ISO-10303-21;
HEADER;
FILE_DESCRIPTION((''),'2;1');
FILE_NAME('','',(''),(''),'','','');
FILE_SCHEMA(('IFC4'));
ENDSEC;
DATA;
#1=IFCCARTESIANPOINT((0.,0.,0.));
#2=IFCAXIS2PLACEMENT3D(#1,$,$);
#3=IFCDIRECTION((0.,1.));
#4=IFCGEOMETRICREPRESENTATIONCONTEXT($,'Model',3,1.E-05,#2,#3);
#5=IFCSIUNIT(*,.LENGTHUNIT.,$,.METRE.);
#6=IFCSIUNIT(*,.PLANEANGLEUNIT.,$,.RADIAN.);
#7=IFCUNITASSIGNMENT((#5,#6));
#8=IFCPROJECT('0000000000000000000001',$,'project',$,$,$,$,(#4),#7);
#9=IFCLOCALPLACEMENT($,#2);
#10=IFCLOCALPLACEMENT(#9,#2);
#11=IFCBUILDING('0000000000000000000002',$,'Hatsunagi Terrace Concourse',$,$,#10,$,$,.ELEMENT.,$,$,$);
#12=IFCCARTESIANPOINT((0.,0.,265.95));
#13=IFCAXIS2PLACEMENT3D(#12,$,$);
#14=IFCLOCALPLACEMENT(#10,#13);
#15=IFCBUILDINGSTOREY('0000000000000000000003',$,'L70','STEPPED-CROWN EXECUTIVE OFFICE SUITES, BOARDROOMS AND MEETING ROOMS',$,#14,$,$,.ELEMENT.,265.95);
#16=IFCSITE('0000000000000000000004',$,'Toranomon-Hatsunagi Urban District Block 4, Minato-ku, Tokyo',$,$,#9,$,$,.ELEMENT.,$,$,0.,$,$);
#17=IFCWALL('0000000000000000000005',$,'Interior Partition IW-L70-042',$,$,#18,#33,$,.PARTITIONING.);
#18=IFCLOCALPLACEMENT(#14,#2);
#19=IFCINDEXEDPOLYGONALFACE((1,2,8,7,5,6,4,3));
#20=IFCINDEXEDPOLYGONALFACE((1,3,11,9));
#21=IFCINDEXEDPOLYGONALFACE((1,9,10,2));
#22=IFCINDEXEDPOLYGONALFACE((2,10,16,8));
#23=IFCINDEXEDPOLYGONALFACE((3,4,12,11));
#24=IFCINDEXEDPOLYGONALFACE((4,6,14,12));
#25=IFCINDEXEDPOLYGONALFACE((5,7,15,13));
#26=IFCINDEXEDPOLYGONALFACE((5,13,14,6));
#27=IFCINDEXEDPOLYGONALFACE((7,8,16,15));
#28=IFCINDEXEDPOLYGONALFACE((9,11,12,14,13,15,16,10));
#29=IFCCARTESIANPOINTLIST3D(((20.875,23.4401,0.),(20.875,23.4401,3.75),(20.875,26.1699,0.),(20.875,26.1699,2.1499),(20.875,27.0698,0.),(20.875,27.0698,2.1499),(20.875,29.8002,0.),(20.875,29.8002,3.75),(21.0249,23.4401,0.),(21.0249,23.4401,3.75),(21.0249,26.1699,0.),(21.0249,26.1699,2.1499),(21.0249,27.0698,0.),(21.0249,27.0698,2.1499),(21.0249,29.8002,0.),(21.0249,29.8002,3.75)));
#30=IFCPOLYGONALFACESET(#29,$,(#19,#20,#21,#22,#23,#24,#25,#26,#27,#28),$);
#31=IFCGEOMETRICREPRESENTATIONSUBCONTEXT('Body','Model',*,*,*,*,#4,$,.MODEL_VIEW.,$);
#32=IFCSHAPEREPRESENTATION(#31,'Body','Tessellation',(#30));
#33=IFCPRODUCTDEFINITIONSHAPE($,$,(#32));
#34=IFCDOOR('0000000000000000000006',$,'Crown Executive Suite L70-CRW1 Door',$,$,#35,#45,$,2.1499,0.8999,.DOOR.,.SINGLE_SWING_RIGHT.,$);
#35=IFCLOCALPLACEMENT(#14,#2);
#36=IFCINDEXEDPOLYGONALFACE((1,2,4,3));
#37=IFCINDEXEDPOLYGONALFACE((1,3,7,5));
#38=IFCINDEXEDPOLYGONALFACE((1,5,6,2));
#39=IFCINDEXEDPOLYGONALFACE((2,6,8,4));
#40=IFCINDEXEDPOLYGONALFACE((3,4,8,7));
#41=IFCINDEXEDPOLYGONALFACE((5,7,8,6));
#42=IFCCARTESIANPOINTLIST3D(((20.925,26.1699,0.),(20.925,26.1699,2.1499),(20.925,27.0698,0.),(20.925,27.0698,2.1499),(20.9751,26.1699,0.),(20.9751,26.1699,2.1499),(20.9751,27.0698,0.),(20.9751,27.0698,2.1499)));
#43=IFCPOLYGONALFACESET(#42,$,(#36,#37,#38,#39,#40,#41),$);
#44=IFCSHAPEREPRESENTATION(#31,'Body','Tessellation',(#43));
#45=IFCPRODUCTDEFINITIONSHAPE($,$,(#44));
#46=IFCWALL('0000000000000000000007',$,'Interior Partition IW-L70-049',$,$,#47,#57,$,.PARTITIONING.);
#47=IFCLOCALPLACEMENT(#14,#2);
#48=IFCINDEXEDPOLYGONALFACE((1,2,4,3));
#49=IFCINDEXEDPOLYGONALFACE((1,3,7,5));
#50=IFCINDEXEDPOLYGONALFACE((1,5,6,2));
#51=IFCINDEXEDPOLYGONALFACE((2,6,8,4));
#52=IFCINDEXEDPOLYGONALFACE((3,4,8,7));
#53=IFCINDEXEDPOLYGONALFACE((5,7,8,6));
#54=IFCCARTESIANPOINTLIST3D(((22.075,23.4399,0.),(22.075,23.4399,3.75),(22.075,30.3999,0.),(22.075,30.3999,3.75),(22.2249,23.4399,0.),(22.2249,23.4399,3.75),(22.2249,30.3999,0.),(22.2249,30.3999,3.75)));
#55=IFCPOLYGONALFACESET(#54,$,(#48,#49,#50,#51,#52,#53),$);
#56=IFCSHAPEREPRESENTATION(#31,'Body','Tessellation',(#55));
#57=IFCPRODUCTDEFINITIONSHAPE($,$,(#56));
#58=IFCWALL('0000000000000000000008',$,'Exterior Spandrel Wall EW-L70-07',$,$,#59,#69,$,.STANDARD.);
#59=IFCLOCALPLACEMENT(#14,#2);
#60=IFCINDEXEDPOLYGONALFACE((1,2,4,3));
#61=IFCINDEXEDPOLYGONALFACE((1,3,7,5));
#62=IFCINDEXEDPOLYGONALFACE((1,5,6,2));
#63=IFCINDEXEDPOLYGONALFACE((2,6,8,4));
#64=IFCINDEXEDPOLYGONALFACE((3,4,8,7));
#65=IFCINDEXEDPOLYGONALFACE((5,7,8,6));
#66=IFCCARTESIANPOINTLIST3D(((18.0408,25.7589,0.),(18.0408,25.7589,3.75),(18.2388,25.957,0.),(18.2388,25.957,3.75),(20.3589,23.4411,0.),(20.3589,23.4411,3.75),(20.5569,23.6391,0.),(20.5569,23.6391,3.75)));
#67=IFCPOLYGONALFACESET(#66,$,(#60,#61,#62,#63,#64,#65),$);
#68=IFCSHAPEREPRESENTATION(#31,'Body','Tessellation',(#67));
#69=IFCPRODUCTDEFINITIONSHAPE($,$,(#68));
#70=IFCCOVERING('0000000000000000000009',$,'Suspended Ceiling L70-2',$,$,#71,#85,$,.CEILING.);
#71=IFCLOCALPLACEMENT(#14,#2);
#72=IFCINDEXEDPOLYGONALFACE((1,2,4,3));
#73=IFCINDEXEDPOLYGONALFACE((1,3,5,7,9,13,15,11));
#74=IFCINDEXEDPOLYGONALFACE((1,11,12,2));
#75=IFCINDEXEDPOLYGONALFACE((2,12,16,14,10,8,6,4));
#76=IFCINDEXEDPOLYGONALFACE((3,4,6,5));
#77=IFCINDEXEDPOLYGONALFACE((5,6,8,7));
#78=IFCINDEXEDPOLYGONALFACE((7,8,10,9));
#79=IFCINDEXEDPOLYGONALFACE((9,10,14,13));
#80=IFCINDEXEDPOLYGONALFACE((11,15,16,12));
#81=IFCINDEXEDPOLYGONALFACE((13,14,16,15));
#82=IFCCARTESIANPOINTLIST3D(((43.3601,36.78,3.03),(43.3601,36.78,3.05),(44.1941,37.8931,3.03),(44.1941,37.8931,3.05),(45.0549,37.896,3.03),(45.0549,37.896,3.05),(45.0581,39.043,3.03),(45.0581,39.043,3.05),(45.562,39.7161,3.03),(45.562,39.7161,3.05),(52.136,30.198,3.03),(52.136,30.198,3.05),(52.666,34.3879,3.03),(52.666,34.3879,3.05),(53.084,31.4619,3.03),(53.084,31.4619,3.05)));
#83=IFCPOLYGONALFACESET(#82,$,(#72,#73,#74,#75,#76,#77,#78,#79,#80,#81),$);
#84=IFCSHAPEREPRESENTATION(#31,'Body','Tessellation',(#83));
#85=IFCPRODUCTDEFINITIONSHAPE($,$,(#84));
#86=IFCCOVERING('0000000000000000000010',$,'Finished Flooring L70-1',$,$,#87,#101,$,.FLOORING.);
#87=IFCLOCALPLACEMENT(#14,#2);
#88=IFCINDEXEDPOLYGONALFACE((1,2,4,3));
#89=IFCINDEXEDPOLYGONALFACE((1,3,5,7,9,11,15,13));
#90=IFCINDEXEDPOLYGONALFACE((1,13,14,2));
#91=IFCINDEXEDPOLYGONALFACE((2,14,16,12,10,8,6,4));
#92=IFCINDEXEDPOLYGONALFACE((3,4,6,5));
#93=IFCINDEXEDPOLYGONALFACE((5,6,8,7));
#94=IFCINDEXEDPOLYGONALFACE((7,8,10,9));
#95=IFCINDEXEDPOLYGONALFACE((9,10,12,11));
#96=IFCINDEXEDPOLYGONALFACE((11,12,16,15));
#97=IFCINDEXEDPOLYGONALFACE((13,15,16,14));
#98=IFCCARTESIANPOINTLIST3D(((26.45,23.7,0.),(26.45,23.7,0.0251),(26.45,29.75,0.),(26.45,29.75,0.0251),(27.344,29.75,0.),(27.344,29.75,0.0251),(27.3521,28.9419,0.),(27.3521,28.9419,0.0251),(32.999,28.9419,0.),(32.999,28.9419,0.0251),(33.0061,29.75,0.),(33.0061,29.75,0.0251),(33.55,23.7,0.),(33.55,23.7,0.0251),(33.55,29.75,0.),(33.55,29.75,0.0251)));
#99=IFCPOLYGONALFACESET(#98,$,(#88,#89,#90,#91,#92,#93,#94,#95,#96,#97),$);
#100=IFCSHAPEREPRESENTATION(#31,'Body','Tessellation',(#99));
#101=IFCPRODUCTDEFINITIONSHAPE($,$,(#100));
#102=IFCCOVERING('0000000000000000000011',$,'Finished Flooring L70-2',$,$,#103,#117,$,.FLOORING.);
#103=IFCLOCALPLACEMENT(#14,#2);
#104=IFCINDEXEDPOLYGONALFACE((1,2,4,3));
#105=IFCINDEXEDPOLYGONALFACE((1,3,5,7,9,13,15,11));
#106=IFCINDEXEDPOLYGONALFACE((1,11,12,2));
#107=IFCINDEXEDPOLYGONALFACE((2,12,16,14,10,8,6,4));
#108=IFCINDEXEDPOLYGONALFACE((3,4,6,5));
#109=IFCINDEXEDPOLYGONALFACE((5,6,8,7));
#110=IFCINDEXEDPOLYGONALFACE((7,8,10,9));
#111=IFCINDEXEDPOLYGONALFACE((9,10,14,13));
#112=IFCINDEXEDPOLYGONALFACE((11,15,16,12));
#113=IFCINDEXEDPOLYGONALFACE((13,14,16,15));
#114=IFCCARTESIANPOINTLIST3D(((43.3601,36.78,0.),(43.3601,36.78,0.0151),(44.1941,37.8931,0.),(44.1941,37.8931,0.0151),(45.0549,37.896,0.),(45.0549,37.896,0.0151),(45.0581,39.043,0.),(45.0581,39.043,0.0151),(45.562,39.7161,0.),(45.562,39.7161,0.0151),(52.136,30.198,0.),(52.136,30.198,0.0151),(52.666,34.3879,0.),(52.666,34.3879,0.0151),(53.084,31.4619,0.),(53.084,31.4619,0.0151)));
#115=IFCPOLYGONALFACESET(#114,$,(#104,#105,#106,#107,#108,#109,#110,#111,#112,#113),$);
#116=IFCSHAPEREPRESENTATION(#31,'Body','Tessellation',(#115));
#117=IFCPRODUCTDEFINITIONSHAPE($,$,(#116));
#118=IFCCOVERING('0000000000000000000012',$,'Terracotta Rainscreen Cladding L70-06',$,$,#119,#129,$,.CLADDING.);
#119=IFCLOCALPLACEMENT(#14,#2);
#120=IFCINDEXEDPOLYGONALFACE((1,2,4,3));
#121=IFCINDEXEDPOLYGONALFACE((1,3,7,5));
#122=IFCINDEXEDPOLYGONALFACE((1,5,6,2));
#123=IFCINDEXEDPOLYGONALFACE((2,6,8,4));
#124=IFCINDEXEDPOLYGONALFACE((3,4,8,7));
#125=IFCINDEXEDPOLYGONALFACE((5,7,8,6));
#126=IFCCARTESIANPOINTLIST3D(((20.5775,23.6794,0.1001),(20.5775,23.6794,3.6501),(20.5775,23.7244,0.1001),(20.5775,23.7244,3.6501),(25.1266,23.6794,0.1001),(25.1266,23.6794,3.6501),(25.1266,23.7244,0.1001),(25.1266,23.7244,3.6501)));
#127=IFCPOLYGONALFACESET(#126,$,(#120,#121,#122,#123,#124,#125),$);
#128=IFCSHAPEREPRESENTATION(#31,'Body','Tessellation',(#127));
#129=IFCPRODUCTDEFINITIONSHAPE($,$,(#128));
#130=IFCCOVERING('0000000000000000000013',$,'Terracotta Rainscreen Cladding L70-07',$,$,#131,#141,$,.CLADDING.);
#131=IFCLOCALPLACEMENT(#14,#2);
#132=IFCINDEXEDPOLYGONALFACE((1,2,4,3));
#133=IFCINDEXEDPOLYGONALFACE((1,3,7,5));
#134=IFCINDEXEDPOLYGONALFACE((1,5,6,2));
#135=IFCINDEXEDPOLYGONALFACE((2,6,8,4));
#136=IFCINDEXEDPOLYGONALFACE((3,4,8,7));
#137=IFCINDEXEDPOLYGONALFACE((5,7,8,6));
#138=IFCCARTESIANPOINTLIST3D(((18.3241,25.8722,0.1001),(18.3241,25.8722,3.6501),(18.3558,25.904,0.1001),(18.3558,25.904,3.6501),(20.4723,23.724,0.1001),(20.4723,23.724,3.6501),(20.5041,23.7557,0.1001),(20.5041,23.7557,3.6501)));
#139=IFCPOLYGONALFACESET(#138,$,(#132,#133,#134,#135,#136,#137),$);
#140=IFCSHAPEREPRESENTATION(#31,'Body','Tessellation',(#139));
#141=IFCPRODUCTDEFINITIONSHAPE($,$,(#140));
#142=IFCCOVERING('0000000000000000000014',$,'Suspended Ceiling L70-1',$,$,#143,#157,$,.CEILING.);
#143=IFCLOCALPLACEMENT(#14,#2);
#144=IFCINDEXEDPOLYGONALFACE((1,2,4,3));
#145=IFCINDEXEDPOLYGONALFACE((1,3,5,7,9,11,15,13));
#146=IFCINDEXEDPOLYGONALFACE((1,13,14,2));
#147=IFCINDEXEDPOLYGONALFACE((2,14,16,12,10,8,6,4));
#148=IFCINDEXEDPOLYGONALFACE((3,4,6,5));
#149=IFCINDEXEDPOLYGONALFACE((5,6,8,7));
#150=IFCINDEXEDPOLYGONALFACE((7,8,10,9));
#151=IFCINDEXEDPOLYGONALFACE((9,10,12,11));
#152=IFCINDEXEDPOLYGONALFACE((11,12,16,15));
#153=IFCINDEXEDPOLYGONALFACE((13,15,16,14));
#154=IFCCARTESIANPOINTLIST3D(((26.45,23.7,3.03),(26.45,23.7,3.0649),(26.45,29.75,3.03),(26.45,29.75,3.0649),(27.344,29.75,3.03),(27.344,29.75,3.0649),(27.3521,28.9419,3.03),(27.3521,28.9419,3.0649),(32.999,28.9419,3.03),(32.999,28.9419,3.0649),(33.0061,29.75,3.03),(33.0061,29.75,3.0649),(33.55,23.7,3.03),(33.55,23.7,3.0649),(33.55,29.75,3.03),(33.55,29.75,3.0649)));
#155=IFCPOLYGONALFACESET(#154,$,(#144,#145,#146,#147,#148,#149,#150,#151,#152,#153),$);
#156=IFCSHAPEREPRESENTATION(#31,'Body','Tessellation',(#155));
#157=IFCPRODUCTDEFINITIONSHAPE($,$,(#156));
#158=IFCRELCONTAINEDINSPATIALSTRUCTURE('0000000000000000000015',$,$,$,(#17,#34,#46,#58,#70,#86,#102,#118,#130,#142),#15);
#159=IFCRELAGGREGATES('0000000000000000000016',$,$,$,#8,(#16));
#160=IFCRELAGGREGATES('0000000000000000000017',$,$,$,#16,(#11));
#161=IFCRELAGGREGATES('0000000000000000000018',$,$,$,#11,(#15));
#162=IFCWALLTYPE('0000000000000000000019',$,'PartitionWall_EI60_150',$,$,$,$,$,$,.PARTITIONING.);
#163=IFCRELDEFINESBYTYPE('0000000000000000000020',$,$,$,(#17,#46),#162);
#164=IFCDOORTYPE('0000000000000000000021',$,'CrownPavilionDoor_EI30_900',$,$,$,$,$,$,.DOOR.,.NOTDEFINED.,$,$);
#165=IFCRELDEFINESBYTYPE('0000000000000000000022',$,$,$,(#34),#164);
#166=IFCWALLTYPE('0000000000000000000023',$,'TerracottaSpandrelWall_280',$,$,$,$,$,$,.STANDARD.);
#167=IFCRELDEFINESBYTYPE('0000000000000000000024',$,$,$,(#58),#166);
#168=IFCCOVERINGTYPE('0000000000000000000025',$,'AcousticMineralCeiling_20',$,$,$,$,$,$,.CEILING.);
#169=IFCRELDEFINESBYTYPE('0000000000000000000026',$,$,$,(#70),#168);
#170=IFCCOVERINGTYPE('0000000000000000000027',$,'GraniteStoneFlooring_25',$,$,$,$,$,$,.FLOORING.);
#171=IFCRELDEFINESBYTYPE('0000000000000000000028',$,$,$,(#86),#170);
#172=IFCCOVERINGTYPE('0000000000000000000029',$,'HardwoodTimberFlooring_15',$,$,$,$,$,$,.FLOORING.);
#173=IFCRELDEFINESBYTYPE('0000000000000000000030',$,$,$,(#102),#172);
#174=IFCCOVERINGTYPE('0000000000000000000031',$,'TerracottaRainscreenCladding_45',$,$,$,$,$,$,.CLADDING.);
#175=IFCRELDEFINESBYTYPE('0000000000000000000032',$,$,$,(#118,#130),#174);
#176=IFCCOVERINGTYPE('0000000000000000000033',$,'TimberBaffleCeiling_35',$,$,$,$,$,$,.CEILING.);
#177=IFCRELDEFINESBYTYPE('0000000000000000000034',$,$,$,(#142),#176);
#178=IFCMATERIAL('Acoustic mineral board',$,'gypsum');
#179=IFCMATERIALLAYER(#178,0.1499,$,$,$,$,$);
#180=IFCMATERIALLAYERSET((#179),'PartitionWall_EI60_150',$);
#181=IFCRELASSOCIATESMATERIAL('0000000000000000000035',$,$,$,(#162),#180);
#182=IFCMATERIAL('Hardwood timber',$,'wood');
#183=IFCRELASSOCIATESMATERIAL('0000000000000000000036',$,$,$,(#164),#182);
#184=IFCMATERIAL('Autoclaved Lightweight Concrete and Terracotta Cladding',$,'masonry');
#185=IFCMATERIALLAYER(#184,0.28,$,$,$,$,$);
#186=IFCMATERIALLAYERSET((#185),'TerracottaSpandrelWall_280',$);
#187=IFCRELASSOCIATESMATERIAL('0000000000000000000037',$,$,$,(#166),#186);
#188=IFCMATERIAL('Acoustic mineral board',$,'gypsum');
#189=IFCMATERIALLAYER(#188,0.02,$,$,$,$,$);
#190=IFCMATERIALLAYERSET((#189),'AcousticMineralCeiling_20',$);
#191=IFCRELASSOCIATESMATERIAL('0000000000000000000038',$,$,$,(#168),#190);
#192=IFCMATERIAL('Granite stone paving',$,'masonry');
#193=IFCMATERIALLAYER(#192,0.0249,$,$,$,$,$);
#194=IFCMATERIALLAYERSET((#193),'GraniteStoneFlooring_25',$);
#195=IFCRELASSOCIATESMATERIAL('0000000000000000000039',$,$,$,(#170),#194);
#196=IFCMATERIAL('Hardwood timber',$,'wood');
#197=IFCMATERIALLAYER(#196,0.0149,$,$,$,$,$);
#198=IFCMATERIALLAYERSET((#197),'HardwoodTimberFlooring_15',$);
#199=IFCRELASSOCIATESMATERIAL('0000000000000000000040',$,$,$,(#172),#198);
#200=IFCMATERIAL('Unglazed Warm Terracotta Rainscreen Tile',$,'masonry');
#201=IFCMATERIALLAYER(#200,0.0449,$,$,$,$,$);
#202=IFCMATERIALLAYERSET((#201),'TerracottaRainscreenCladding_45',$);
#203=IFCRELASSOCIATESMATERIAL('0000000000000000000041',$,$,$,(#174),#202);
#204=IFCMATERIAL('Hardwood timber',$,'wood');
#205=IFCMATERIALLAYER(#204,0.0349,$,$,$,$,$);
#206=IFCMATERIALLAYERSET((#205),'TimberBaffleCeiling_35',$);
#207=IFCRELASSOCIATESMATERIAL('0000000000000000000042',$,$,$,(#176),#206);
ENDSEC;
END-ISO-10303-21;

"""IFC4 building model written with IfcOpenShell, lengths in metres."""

from ifc_helpers import new_model, si_unit, direction, frame, frame_2d, origin, origin_2d, place, context, subcontext, project, spatial, polyline, rectangle, outline, extrude, material, layer, layer_set, type_object, element, fill, save


model = new_model("IFC4")

# Units and contexts
model_context = context("Model", 3, precision=1e-05, world=origin(), true_north=direction((0.0, 1.0)))
body_context = subcontext(model_context, "Body", "Model", "MODEL_VIEW")
ifc_project = project(units=[si_unit("LENGTHUNIT", "METRE"), si_unit("PLANEANGLEUNIT", "RADIAN")], contexts=[model_context])

# Site, building, storey
site_placement = place(None, origin())
site = spatial("IfcSite", under=ifc_project, at=site_placement, Name="Toranomon-Hatsunagi Urban District Block 4, Minato-ku, Tokyo", CompositionType="ELEMENT", RefElevation=0.0)
building_placement = place(site_placement, origin())
building = spatial("IfcBuilding", under=site, at=building_placement, Name="Hatsunagi Terrace Concourse", CompositionType="ELEMENT")
storey_placement = place(building_placement, frame((0.0, 0.0, 265.95)))
storey = spatial("IfcBuildingStorey", under=building, at=storey_placement, Name="L70", Description="STEPPED-CROWN EXECUTIVE OFFICE SUITES, BOARDROOMS AND MEETING ROOMS", CompositionType="ELEMENT", Elevation=265.95)

# Wall, opening, door
ifc_material_1 = material(Name="Acoustic mineral board", Category="gypsum")
ifc_layer_1 = layer(ifc_material_1, 0.1499)
ifc_layer_set_1 = layer_set([ifc_layer_1], Name="PartitionWall_EI60_150")
wall_type_1 = type_object("IfcWallType", Name="PartitionWall_EI60_150", PredefinedType="PARTITIONING", material=ifc_layer_set_1)
wall_1_placement = place(storey_placement, frame((20.95, 23.4399, 0.0), z_axis=(0.0, 0.0, 1.0), x_axis=(0.0, 1.0, 0.0)))
wall_1 = element("IfcWall", 1, at=wall_1_placement, inside=storey, type_object=wall_type_1, Name="Interior Partition IW-L70-042", PredefinedType="PARTITIONING", context=body_context, shape_type="SweptSolid", body=[
    extrude(rectangle(XDim=6.3601, YDim=0.1499, at=frame_2d((3.1802, 0.0))), origin(), (0.0, 0.0, 1.0), 3.75),
])
opening_placement = place(wall_1_placement, frame((2.73, 0.0, 0.0)))
opening = element("IfcOpeningElement", 2, at=opening_placement, cuts=wall_1, PredefinedType="OPENING", context=body_context, shape_type="SweptSolid", body=[
    extrude(rectangle(XDim=0.8999, YDim=2.1499, at=frame_2d((0.45, 1.075))), frame((0.0, 0.085, 0.0), z_axis=(0.0, -1.0, 0.0), x_axis=(1.0, 0.0, 0.0)), (0.0, 0.0, 1.0), 0.1699),
])
ifc_material_2 = material(Name="Hardwood timber", Category="wood")
door_type = type_object("IfcDoorType", Name="CrownPavilionDoor_EI30_900", OperationType="NOTDEFINED", PredefinedType="DOOR", material=ifc_material_2)
door_placement = place(opening_placement, origin())
door = element("IfcDoor", 3, at=door_placement, inside=storey, type_object=door_type, Name="Crown Executive Suite L70-CRW1 Door", OperationType="SINGLE_SWING_RIGHT", OverallHeight=2.1499, OverallWidth=0.8999, PredefinedType="DOOR", context=body_context, shape_type="SweptSolid", body=[
    extrude(rectangle(XDim=0.8999, YDim=2.1499, at=frame_2d((0.45, 1.075))), frame((0.0, 0.0249, 0.0), z_axis=(0.0, -1.0, 0.0), x_axis=(1.0, 0.0, 0.0)), (0.0, 0.0, 1.0), 0.05),
])
fill(opening, door)

# Walls
wall_2_placement = place(storey_placement, frame((22.1499, 23.4399, 0.0), z_axis=(0.0, 0.0, 1.0), x_axis=(0.0, 1.0, 0.0)))
element("IfcWall", 4, at=wall_2_placement, inside=storey, type_object=wall_type_1, Name="Interior Partition IW-L70-049", PredefinedType="PARTITIONING", context=body_context, shape_type="SweptSolid", body=[
    extrude(rectangle(XDim=6.96, YDim=0.1499, at=frame_2d((3.48, 0.0))), origin(), (0.0, 0.0, 1.0), 3.75),
])
ifc_material_3 = material(Name="Autoclaved Lightweight Concrete and Terracotta Cladding", Category="masonry")
ifc_layer_2 = layer(ifc_material_3, 0.28)
ifc_layer_set_2 = layer_set([ifc_layer_2], Name="TerracottaSpandrelWall_280")
wall_type_2 = type_object("IfcWallType", Name="TerracottaSpandrelWall_280", PredefinedType="STANDARD", material=ifc_layer_set_2)
wall_3_placement = place(storey_placement, frame((20.458, 23.54, 0.0), z_axis=(0.0, 0.0, 1.0), x_axis=(-0.707144, 0.70707, 0.0)))
element("IfcWall", 5, at=wall_3_placement, inside=storey, type_object=wall_type_2, Name="Exterior Spandrel Wall EW-L70-07", PredefinedType="STANDARD", context=body_context, shape_type="SweptSolid", body=[
    extrude(rectangle(XDim=3.2781, YDim=0.28, at=frame_2d((1.6392, 0.0))), origin(), (0.0, 0.0, 1.0), 3.75),
])

# Coverings
ifc_material_4 = material(Name="Acoustic mineral board", Category="gypsum")
ifc_layer_3 = layer(ifc_material_4, 0.02)
ifc_layer_set_3 = layer_set([ifc_layer_3], Name="AcousticMineralCeiling_20")
covering_type_1 = type_object("IfcCoveringType", Name="AcousticMineralCeiling_20", PredefinedType="CEILING", material=ifc_layer_set_3)
covering_1_placement = place(storey_placement, frame((0.0, 0.0, 3.03)))
element("IfcCovering", 6, at=covering_1_placement, inside=storey, type_object=covering_type_1, Name="Suspended Ceiling L70-2", PredefinedType="CEILING", context=body_context, shape_type="SweptSolid", body=[
    extrude(outline(polyline([(52.666, 34.3879), (45.562, 39.7161), (45.0581, 39.043), (45.0549, 37.896), (44.1941, 37.8931), (43.3601, 36.78), (52.136, 30.198), (53.084, 31.4619), (52.666, 34.3879)])), origin(), (0.0, 0.0, 1.0), 0.02),
])
ifc_material_5 = material(Name="Granite stone paving", Category="masonry")
ifc_layer_4 = layer(ifc_material_5, 0.0249)
ifc_layer_set_4 = layer_set([ifc_layer_4], Name="GraniteStoneFlooring_25")
covering_type_2 = type_object("IfcCoveringType", Name="GraniteStoneFlooring_25", PredefinedType="FLOORING", material=ifc_layer_set_4)
covering_2_placement = place(storey_placement, origin())
element("IfcCovering", 7, at=covering_2_placement, inside=storey, type_object=covering_type_2, Name="Finished Flooring L70-1", PredefinedType="FLOORING", context=body_context, shape_type="SweptSolid", body=[
    extrude(outline(polyline([(33.55, 29.75), (33.0061, 29.75), (32.999, 28.9419), (27.3521, 28.9419), (27.344, 29.75), (26.45, 29.75), (26.45, 23.7), (33.55, 23.7), (33.55, 29.75)])), origin(), (0.0, 0.0, 1.0), 0.0251),
])
ifc_material_6 = material(Name="Hardwood timber", Category="wood")
ifc_layer_5 = layer(ifc_material_6, 0.0149)
ifc_layer_set_5 = layer_set([ifc_layer_5], Name="HardwoodTimberFlooring_15")
covering_type_3 = type_object("IfcCoveringType", Name="HardwoodTimberFlooring_15", PredefinedType="FLOORING", material=ifc_layer_set_5)
covering_3_placement = place(storey_placement, origin())
element("IfcCovering", 8, at=covering_3_placement, inside=storey, type_object=covering_type_3, Name="Finished Flooring L70-2", PredefinedType="FLOORING", context=body_context, shape_type="SweptSolid", body=[
    extrude(outline(polyline([(52.666, 34.3879), (45.562, 39.7161), (45.0581, 39.043), (45.0549, 37.896), (44.1941, 37.8931), (43.3601, 36.78), (52.136, 30.198), (53.084, 31.4619), (52.666, 34.3879)])), origin(), (0.0, 0.0, 1.0), 0.0151),
])
ifc_material_7 = material(Name="Unglazed Warm Terracotta Rainscreen Tile", Category="masonry")
ifc_layer_6 = layer(ifc_material_7, 0.0449)
ifc_layer_set_6 = layer_set([ifc_layer_6], Name="TerracottaRainscreenCladding_45")
covering_type_4 = type_object("IfcCoveringType", Name="TerracottaRainscreenCladding_45", PredefinedType="CLADDING", material=ifc_layer_set_6)
covering_4_placement = place(storey_placement, frame((22.8521, 23.7019, 0.1001), z_axis=(0.0, 0.0, 1.0), x_axis=(-1.0, 0.0, 0.0)))
element("IfcCovering", 9, at=covering_4_placement, inside=storey, type_object=covering_type_4, Name="Terracotta Rainscreen Cladding L70-06", PredefinedType="CLADDING", context=body_context, shape_type="SweptSolid", body=[
    extrude(rectangle(XDim=4.5491, YDim=0.0449, at=origin_2d()), origin(), (0.0, 0.0, 1.0), 3.55),
])
covering_5_placement = place(storey_placement, frame((19.4141, 24.814, 0.1001), z_axis=(0.0, 0.0, 1.0), x_axis=(-0.707107, 0.707107, 0.0)))
element("IfcCovering", 10, at=covering_5_placement, inside=storey, type_object=covering_type_4, Name="Terracotta Rainscreen Cladding L70-07", PredefinedType="CLADDING", context=body_context, shape_type="SweptSolid", body=[
    extrude(rectangle(XDim=3.0381, YDim=0.0449, at=origin_2d()), origin(), (0.0, 0.0, 1.0), 3.55),
])
ifc_material_8 = material(Name="Hardwood timber", Category="wood")
ifc_layer_7 = layer(ifc_material_8, 0.0349)
ifc_layer_set_7 = layer_set([ifc_layer_7], Name="TimberBaffleCeiling_35")
covering_type_5 = type_object("IfcCoveringType", Name="TimberBaffleCeiling_35", PredefinedType="CEILING", material=ifc_layer_set_7)
covering_6_placement = place(storey_placement, frame((0.0, 0.0, 3.03)))
element("IfcCovering", 11, at=covering_6_placement, inside=storey, type_object=covering_type_5, Name="Suspended Ceiling L70-1", PredefinedType="CEILING", context=body_context, shape_type="SweptSolid", body=[
    extrude(outline(polyline([(33.55, 29.75), (33.0061, 29.75), (32.999, 28.9419), (27.3521, 28.9419), (27.344, 29.75), (26.45, 29.75), (26.45, 23.7), (33.55, 23.7), (33.55, 29.75)])), origin(), (0.0, 0.0, 1.0), 0.0349),
])

save(model, "model.ifc")
